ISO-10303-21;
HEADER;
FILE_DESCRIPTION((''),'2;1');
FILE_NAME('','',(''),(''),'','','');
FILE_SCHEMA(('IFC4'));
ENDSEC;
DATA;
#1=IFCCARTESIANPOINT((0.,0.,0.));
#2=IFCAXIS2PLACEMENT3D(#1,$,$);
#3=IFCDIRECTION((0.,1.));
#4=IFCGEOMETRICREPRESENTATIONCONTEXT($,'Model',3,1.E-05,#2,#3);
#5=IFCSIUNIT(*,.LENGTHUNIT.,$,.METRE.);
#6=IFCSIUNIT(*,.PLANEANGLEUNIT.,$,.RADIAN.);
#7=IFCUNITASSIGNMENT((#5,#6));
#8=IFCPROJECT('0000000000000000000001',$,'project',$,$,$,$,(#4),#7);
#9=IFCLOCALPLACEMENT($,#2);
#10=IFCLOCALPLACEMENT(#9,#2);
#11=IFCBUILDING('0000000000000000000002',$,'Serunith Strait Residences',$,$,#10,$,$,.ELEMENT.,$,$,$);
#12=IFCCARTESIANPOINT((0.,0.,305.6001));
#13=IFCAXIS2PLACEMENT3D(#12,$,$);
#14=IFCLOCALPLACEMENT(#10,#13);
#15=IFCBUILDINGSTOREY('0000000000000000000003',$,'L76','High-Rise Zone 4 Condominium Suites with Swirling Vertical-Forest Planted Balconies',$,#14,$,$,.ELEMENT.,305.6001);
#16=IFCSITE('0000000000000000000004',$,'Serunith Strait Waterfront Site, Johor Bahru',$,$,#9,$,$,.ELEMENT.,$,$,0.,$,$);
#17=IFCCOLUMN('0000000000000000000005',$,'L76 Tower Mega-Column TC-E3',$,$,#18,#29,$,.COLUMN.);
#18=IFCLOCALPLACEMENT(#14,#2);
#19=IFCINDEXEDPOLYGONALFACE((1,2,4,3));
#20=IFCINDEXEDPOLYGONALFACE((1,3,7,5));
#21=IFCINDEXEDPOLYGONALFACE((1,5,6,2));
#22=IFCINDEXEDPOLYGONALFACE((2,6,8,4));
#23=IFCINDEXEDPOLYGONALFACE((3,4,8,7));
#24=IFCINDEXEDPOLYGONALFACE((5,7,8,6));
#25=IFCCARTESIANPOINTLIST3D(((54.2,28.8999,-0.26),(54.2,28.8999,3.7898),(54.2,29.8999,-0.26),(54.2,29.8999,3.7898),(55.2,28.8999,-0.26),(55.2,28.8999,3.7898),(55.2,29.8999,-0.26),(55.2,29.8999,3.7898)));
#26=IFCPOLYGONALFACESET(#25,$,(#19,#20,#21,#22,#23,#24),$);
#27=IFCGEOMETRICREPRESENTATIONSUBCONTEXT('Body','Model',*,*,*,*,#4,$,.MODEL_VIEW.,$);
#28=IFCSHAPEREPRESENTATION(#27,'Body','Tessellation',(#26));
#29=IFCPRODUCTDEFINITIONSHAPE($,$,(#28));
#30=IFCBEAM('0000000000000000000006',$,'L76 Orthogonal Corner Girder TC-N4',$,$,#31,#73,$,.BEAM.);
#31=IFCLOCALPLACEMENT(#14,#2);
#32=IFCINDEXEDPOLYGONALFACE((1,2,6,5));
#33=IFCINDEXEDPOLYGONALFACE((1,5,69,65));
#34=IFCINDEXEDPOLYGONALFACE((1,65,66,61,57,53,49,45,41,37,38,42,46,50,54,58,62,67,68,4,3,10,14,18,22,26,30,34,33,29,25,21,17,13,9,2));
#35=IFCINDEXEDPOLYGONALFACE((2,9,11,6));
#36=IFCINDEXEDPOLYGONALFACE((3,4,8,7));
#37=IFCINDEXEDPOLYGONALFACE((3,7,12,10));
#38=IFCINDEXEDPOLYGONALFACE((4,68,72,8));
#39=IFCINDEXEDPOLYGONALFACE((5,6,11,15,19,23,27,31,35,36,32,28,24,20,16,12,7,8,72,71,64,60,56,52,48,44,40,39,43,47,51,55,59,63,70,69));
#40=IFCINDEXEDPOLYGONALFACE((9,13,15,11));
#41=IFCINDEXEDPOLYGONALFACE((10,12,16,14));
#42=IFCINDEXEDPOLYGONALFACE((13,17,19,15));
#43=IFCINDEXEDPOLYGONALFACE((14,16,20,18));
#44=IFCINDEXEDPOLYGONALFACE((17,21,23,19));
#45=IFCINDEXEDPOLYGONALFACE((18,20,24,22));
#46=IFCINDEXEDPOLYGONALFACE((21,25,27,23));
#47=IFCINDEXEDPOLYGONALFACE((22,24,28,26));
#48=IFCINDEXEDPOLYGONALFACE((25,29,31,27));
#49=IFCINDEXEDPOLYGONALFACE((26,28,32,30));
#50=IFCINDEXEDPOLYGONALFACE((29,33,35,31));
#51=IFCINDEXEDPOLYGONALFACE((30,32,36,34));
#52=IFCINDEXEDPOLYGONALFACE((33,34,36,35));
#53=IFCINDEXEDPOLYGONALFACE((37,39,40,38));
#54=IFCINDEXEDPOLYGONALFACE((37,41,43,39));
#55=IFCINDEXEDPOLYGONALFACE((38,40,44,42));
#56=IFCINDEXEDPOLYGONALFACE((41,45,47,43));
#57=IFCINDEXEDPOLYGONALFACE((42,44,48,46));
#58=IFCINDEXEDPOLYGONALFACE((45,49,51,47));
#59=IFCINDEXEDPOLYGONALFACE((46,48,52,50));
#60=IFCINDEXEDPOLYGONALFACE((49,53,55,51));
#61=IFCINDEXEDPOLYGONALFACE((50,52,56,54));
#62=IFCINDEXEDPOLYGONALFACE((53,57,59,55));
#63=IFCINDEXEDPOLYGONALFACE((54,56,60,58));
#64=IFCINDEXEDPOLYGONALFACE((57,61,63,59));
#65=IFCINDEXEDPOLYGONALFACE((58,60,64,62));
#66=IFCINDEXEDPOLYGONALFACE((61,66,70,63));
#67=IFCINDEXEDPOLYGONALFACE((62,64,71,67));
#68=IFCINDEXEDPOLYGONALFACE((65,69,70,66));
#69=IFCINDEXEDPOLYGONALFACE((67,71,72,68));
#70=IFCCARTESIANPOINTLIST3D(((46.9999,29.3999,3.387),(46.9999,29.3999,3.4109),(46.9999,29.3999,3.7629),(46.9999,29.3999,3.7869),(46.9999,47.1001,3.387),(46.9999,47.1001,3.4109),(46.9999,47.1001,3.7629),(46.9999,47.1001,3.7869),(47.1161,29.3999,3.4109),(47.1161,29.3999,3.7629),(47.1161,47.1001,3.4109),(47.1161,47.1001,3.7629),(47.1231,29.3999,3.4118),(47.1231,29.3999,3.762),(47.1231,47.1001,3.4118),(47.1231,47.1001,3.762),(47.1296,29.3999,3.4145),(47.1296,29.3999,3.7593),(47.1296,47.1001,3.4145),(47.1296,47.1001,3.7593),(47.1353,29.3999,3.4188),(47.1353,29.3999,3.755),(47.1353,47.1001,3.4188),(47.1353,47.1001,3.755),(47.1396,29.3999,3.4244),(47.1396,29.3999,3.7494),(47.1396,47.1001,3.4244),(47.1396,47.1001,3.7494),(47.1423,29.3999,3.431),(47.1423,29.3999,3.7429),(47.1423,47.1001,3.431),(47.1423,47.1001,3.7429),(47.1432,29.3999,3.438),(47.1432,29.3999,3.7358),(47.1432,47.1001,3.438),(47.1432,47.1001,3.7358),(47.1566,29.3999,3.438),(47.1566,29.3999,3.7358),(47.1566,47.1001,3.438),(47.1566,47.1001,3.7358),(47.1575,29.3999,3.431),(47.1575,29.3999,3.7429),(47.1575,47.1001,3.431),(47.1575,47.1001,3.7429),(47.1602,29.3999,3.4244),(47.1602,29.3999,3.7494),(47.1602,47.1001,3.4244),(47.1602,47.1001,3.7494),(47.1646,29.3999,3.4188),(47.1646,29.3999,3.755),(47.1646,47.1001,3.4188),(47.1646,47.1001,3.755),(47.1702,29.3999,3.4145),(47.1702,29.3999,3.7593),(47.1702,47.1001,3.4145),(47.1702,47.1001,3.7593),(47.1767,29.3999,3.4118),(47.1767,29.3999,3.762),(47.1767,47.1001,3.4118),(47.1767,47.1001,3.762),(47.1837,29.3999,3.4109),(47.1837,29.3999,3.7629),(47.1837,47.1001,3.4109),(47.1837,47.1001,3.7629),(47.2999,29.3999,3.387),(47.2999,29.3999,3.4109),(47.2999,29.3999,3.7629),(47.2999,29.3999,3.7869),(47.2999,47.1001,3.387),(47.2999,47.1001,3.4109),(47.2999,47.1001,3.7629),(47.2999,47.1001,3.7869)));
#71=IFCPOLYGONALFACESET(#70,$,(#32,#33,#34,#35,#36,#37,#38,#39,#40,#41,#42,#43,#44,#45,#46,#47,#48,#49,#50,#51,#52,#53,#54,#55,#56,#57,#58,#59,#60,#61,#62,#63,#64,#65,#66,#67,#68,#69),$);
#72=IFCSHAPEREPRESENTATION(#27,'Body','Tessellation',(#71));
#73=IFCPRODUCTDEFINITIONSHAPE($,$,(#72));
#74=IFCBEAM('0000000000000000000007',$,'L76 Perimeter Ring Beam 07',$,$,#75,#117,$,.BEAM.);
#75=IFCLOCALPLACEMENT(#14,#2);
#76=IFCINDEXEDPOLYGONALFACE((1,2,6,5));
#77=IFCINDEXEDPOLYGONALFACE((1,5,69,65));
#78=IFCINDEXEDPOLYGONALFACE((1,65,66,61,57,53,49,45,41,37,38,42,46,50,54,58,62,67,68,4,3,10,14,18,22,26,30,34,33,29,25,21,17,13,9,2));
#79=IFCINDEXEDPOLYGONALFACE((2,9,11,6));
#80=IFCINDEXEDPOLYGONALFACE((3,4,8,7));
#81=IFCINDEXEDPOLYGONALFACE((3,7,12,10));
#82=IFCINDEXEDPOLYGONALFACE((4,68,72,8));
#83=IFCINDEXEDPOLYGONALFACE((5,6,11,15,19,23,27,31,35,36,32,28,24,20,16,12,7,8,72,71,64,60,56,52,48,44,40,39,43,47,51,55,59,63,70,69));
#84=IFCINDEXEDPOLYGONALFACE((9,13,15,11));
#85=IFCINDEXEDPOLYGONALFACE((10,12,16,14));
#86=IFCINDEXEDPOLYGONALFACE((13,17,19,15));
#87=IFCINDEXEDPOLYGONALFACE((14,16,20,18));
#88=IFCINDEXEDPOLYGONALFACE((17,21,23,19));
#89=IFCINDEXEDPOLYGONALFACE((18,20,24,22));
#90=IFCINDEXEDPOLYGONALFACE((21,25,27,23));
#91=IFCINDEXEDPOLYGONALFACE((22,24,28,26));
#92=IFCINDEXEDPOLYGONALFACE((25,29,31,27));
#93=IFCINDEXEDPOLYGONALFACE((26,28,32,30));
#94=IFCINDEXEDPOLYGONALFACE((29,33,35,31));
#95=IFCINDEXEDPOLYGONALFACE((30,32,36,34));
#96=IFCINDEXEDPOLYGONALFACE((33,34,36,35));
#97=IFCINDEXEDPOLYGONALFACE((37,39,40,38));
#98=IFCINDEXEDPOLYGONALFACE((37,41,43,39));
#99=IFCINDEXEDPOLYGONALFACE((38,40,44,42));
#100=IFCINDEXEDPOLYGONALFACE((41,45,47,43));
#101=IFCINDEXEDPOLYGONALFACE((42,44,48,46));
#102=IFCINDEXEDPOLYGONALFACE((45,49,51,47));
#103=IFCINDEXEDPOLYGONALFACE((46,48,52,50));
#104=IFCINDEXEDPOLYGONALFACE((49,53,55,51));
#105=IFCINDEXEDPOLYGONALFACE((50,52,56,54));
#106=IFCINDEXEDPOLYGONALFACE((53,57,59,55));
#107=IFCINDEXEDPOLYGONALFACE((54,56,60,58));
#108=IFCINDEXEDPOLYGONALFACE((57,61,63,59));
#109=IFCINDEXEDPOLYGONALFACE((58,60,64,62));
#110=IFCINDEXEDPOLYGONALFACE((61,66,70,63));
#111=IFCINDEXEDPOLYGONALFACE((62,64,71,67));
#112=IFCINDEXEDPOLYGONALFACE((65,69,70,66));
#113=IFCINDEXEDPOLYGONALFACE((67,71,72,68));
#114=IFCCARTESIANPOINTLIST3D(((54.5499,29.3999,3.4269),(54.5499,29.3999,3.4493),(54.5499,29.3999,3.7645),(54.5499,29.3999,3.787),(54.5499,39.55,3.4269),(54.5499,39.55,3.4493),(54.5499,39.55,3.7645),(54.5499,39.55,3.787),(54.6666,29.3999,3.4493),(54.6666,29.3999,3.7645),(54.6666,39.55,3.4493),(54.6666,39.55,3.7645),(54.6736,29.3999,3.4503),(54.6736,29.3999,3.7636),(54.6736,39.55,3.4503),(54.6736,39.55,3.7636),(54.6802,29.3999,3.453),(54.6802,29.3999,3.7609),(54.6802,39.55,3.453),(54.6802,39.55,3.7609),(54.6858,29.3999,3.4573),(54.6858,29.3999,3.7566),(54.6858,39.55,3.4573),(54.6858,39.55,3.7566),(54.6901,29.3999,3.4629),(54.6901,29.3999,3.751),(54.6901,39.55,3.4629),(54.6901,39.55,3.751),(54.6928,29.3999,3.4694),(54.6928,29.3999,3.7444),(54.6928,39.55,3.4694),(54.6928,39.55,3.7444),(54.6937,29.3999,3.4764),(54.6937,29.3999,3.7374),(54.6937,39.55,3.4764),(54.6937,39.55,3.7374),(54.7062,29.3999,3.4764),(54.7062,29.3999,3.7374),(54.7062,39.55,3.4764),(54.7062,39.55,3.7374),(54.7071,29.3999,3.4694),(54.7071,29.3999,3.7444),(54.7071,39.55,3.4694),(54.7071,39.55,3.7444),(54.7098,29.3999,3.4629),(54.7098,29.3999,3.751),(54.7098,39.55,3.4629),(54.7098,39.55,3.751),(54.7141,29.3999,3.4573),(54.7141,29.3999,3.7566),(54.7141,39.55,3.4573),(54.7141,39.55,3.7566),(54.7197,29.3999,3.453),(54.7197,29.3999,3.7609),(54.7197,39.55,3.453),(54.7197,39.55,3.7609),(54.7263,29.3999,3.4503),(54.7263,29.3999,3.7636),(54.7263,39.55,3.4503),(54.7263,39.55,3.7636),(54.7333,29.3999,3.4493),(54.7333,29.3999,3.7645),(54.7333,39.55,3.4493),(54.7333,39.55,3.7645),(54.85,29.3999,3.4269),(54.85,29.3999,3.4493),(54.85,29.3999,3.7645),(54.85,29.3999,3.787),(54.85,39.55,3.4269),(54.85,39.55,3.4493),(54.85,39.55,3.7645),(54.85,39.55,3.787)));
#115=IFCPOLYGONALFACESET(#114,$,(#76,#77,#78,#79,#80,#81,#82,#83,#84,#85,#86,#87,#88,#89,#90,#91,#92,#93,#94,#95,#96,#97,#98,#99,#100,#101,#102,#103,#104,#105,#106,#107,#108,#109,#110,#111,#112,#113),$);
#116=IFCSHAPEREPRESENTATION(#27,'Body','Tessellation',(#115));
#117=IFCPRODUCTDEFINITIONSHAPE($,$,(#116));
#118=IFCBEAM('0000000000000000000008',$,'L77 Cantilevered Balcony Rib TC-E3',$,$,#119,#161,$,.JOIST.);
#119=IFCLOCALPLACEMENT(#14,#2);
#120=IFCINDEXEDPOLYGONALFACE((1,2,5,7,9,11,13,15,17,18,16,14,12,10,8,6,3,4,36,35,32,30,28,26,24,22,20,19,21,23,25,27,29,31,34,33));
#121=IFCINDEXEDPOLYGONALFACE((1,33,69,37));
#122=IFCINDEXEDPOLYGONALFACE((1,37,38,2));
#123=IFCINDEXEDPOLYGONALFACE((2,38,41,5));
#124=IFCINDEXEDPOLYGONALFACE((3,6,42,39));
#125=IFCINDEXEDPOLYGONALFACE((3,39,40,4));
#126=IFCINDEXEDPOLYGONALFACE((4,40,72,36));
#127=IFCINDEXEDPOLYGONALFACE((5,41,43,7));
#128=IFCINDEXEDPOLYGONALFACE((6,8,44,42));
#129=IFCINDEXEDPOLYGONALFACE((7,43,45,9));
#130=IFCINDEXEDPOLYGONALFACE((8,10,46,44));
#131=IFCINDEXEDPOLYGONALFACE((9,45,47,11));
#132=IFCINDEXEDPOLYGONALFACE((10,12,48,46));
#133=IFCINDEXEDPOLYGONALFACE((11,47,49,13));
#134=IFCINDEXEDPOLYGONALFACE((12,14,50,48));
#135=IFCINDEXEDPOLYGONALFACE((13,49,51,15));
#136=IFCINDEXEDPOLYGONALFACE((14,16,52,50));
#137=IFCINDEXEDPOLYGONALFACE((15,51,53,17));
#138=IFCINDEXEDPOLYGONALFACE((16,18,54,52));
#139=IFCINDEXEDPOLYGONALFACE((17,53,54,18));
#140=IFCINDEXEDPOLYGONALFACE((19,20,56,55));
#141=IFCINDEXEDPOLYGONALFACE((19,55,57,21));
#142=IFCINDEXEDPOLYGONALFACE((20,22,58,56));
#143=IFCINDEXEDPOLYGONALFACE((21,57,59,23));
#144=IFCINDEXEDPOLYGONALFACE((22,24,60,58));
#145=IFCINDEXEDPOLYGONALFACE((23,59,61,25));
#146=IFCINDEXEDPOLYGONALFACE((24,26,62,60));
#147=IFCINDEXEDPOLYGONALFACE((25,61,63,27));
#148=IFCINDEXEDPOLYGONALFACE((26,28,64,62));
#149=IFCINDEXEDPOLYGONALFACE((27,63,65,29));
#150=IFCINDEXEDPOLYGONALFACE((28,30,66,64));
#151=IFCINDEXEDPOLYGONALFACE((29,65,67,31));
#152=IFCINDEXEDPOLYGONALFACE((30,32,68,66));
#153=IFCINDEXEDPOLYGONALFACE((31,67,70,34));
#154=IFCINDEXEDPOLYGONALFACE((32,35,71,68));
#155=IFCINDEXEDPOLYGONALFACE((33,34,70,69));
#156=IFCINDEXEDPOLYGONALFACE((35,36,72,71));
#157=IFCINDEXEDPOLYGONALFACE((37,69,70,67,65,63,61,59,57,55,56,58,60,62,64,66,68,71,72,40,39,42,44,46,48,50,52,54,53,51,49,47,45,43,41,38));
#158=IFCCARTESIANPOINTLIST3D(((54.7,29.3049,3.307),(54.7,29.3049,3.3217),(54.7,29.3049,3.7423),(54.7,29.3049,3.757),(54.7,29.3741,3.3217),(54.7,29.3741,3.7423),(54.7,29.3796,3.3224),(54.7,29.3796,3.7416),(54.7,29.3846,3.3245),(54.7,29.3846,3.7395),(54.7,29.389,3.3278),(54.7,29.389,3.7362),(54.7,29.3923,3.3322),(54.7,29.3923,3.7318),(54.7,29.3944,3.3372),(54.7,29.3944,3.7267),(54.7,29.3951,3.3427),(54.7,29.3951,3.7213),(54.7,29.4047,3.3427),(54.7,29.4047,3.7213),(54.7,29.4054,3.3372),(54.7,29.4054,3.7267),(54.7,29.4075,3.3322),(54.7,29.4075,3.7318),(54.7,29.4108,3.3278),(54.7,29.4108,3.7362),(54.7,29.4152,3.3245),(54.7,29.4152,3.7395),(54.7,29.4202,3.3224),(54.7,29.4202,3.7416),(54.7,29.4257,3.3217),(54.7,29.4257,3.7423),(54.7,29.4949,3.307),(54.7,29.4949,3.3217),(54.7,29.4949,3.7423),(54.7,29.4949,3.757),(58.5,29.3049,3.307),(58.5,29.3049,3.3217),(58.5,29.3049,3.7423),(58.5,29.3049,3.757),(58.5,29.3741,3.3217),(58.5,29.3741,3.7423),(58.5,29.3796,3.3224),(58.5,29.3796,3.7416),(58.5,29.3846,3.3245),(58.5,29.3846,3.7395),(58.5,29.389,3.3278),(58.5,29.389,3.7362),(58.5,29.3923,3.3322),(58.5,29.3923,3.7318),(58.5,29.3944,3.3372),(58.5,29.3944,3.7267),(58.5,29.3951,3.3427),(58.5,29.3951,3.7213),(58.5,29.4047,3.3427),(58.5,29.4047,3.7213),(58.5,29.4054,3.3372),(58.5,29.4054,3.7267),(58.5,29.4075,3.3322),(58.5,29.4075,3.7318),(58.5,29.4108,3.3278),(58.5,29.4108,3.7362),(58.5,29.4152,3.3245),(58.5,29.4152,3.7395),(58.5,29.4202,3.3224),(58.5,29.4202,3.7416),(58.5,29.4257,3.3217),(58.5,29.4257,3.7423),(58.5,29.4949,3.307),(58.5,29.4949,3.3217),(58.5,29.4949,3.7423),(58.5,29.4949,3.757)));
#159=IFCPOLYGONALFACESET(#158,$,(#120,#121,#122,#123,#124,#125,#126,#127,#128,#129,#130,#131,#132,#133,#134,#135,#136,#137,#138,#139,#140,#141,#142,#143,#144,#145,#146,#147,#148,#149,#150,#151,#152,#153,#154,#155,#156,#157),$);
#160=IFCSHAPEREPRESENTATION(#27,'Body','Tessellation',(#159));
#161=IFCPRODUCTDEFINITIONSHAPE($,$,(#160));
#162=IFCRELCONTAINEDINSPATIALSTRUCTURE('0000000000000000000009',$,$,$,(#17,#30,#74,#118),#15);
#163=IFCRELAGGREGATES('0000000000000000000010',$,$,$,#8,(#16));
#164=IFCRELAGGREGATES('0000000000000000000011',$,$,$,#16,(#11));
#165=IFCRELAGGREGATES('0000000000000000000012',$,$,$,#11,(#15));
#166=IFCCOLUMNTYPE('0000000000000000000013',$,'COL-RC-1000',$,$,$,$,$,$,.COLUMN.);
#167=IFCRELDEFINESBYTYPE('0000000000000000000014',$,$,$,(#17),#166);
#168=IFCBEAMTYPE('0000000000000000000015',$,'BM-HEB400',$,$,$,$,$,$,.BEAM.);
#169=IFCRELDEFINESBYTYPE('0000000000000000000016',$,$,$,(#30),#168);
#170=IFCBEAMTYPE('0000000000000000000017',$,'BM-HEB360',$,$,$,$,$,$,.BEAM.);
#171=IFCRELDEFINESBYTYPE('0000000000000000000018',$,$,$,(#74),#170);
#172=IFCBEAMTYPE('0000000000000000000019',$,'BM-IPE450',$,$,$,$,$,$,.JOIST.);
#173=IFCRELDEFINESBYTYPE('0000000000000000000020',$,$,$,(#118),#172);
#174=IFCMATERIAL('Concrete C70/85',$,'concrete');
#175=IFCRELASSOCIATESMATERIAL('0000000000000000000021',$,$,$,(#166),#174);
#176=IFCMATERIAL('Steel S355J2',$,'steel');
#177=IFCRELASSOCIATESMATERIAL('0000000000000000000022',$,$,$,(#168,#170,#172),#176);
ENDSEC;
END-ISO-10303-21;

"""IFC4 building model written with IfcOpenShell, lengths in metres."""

from ifc_helpers import new_model, si_unit, direction, frame, origin, origin_2d, place, context, subcontext, project, spatial, rectangle, i_section, extrude, source, transform, mapped, material, material_profile, profile_set, type_object, element, save


model = new_model("IFC4")

# Units and contexts
model_context = context("Model", 3, precision=1e-05, world=origin(), true_north=direction((0.0, 1.0)))
body_context = subcontext(model_context, "Body", "Model", "MODEL_VIEW")
ifc_project = project(units=[si_unit("LENGTHUNIT", "METRE"), si_unit("PLANEANGLEUNIT", "RADIAN")], contexts=[model_context])

# Site, building, storey
site_placement = place(None, origin())
site = spatial("IfcSite", under=ifc_project, at=site_placement, Name="Serunith Strait Waterfront Site, Johor Bahru", CompositionType="ELEMENT", RefElevation=0.0)
building_placement = place(site_placement, origin())
building = spatial("IfcBuilding", under=site, at=building_placement, Name="Serunith Strait Residences", CompositionType="ELEMENT")
storey_placement = place(building_placement, frame((0.0, 0.0, 305.6001)))
storey = spatial("IfcBuildingStorey", under=building, at=storey_placement, Name="L76", Description="High-Rise Zone 4 Condominium Suites with Swirling Vertical-Forest Planted Balconies", CompositionType="ELEMENT", Elevation=305.6001)

# Column
ifc_material_1 = material(Name="Concrete C70/85", Category="concrete")
ifc_material_profile_1 = material_profile(ifc_material_1, rectangle(XDim=1.0, YDim=1.0, at=origin_2d()), Name="RC 1000x1000")
ifc_profile_set_1 = profile_set([ifc_material_profile_1], Name="Concrete C70/85")
column_type = type_object("IfcColumnType", Name="COL-RC-1000", PredefinedType="COLUMN", material=ifc_profile_set_1)
shared_shape_1 = source(origin(), body_context, "Body", "SweptSolid", [
    extrude(rectangle(XDim=1.0, YDim=1.0, at=origin_2d()), origin(), (0.0, 0.0, 1.0), 4.0498),
])
column_placement = place(storey_placement, frame((54.7, 29.3999, -0.26), z_axis=(0.0, 0.0, 1.0), x_axis=(1.0, 0.0, 0.0)))
element("IfcColumn", 1, at=column_placement, inside=storey, type_object=column_type, Name="L76 Tower Mega-Column TC-E3", PredefinedType="COLUMN", context=body_context, shape_type="MappedRepresentation", body=[
    mapped(shared_shape_1, transform((0.0, 0.0, 0.0), scale=1.0)),
])

# Beams
ifc_material_2 = material(Name="Steel S355J2", Category="steel")
ifc_material_profile_2 = material_profile(ifc_material_2, i_section(OverallWidth=0.3, OverallDepth=0.3999, WebThickness=0.0134, FlangeThickness=0.0239, FilletRadius=0.0271, at=origin_2d()), Name="HEB 400")
ifc_profile_set_2 = profile_set([ifc_material_profile_2], Name="Steel S355J2")
beam_type_1 = type_object("IfcBeamType", Name="BM-HEB400", PredefinedType="BEAM", material=ifc_profile_set_2)
shared_shape_2 = source(origin(), body_context, "Body", "SweptSolid", [
    extrude(i_section(OverallWidth=0.3, OverallDepth=0.3999, WebThickness=0.0134, FlangeThickness=0.0239, FilletRadius=0.0271, at=origin_2d()), origin(), (0.0, 0.0, 1.0), 17.7002),
])
beam_1_placement = place(storey_placement, frame((47.1499, 29.3999, 3.5869), z_axis=(0.0, 1.0, 0.0), x_axis=(-1.0, 0.0, 0.0)))
element("IfcBeam", 2, at=beam_1_placement, inside=storey, type_object=beam_type_1, Name="L76 Orthogonal Corner Girder TC-N4", PredefinedType="BEAM", context=body_context, shape_type="MappedRepresentation", body=[
    mapped(shared_shape_2, transform((0.0, 0.0, 0.0), scale=1.0)),
])
ifc_material_profile_3 = material_profile(ifc_material_2, i_section(OverallWidth=0.3, OverallDepth=0.3601, WebThickness=0.0125, FlangeThickness=0.0225, FilletRadius=0.0271, at=origin_2d()), Name="HEB 360")
ifc_profile_set_3 = profile_set([ifc_material_profile_3], Name="Steel S355J2")
beam_type_2 = type_object("IfcBeamType", Name="BM-HEB360", PredefinedType="BEAM", material=ifc_profile_set_3)
shared_shape_3 = source(origin(), body_context, "Body", "SweptSolid", [
    extrude(i_section(OverallWidth=0.3, OverallDepth=0.3601, WebThickness=0.0125, FlangeThickness=0.0225, FilletRadius=0.0271, at=origin_2d()), origin(), (0.0, 0.0, 1.0), 10.1501),
])
beam_2_placement = place(storey_placement, frame((54.7, 29.3999, 3.6069), z_axis=(0.0, 1.0, 0.0), x_axis=(-1.0, 0.0, 0.0)))
element("IfcBeam", 3, at=beam_2_placement, inside=storey, type_object=beam_type_2, Name="L76 Perimeter Ring Beam 07", PredefinedType="BEAM", context=body_context, shape_type="MappedRepresentation", body=[
    mapped(shared_shape_3, transform((0.0, 0.0, 0.0), scale=1.0)),
])
ifc_material_profile_4 = material_profile(ifc_material_2, i_section(OverallWidth=0.1899, OverallDepth=0.45, WebThickness=0.0095, FlangeThickness=0.0146, FilletRadius=0.021, at=origin_2d()), Name="IPE 450")
ifc_profile_set_4 = profile_set([ifc_material_profile_4], Name="Steel S355J2")
beam_type_3 = type_object("IfcBeamType", Name="BM-IPE450", PredefinedType="JOIST", material=ifc_profile_set_4)
shared_shape_4 = source(origin(), body_context, "Body", "SweptSolid", [
    extrude(i_section(OverallWidth=0.1899, OverallDepth=0.45, WebThickness=0.0095, FlangeThickness=0.0146, FilletRadius=0.021, at=origin_2d()), origin(), (0.0, 0.0, 1.0), 3.8),
])
beam_3_placement = place(storey_placement, frame((54.7, 29.3999, 3.532), z_axis=(1.0, 0.0, 0.0), x_axis=(0.0, 1.0, 0.0)))
element("IfcBeam", 4, at=beam_3_placement, inside=storey, type_object=beam_type_3, Name="L77 Cantilevered Balcony Rib TC-E3", PredefinedType="JOIST", context=body_context, shape_type="MappedRepresentation", body=[
    mapped(shared_shape_4, transform((0.0, 0.0, 0.0), scale=1.0)),
])

save(model, "model.ifc")
